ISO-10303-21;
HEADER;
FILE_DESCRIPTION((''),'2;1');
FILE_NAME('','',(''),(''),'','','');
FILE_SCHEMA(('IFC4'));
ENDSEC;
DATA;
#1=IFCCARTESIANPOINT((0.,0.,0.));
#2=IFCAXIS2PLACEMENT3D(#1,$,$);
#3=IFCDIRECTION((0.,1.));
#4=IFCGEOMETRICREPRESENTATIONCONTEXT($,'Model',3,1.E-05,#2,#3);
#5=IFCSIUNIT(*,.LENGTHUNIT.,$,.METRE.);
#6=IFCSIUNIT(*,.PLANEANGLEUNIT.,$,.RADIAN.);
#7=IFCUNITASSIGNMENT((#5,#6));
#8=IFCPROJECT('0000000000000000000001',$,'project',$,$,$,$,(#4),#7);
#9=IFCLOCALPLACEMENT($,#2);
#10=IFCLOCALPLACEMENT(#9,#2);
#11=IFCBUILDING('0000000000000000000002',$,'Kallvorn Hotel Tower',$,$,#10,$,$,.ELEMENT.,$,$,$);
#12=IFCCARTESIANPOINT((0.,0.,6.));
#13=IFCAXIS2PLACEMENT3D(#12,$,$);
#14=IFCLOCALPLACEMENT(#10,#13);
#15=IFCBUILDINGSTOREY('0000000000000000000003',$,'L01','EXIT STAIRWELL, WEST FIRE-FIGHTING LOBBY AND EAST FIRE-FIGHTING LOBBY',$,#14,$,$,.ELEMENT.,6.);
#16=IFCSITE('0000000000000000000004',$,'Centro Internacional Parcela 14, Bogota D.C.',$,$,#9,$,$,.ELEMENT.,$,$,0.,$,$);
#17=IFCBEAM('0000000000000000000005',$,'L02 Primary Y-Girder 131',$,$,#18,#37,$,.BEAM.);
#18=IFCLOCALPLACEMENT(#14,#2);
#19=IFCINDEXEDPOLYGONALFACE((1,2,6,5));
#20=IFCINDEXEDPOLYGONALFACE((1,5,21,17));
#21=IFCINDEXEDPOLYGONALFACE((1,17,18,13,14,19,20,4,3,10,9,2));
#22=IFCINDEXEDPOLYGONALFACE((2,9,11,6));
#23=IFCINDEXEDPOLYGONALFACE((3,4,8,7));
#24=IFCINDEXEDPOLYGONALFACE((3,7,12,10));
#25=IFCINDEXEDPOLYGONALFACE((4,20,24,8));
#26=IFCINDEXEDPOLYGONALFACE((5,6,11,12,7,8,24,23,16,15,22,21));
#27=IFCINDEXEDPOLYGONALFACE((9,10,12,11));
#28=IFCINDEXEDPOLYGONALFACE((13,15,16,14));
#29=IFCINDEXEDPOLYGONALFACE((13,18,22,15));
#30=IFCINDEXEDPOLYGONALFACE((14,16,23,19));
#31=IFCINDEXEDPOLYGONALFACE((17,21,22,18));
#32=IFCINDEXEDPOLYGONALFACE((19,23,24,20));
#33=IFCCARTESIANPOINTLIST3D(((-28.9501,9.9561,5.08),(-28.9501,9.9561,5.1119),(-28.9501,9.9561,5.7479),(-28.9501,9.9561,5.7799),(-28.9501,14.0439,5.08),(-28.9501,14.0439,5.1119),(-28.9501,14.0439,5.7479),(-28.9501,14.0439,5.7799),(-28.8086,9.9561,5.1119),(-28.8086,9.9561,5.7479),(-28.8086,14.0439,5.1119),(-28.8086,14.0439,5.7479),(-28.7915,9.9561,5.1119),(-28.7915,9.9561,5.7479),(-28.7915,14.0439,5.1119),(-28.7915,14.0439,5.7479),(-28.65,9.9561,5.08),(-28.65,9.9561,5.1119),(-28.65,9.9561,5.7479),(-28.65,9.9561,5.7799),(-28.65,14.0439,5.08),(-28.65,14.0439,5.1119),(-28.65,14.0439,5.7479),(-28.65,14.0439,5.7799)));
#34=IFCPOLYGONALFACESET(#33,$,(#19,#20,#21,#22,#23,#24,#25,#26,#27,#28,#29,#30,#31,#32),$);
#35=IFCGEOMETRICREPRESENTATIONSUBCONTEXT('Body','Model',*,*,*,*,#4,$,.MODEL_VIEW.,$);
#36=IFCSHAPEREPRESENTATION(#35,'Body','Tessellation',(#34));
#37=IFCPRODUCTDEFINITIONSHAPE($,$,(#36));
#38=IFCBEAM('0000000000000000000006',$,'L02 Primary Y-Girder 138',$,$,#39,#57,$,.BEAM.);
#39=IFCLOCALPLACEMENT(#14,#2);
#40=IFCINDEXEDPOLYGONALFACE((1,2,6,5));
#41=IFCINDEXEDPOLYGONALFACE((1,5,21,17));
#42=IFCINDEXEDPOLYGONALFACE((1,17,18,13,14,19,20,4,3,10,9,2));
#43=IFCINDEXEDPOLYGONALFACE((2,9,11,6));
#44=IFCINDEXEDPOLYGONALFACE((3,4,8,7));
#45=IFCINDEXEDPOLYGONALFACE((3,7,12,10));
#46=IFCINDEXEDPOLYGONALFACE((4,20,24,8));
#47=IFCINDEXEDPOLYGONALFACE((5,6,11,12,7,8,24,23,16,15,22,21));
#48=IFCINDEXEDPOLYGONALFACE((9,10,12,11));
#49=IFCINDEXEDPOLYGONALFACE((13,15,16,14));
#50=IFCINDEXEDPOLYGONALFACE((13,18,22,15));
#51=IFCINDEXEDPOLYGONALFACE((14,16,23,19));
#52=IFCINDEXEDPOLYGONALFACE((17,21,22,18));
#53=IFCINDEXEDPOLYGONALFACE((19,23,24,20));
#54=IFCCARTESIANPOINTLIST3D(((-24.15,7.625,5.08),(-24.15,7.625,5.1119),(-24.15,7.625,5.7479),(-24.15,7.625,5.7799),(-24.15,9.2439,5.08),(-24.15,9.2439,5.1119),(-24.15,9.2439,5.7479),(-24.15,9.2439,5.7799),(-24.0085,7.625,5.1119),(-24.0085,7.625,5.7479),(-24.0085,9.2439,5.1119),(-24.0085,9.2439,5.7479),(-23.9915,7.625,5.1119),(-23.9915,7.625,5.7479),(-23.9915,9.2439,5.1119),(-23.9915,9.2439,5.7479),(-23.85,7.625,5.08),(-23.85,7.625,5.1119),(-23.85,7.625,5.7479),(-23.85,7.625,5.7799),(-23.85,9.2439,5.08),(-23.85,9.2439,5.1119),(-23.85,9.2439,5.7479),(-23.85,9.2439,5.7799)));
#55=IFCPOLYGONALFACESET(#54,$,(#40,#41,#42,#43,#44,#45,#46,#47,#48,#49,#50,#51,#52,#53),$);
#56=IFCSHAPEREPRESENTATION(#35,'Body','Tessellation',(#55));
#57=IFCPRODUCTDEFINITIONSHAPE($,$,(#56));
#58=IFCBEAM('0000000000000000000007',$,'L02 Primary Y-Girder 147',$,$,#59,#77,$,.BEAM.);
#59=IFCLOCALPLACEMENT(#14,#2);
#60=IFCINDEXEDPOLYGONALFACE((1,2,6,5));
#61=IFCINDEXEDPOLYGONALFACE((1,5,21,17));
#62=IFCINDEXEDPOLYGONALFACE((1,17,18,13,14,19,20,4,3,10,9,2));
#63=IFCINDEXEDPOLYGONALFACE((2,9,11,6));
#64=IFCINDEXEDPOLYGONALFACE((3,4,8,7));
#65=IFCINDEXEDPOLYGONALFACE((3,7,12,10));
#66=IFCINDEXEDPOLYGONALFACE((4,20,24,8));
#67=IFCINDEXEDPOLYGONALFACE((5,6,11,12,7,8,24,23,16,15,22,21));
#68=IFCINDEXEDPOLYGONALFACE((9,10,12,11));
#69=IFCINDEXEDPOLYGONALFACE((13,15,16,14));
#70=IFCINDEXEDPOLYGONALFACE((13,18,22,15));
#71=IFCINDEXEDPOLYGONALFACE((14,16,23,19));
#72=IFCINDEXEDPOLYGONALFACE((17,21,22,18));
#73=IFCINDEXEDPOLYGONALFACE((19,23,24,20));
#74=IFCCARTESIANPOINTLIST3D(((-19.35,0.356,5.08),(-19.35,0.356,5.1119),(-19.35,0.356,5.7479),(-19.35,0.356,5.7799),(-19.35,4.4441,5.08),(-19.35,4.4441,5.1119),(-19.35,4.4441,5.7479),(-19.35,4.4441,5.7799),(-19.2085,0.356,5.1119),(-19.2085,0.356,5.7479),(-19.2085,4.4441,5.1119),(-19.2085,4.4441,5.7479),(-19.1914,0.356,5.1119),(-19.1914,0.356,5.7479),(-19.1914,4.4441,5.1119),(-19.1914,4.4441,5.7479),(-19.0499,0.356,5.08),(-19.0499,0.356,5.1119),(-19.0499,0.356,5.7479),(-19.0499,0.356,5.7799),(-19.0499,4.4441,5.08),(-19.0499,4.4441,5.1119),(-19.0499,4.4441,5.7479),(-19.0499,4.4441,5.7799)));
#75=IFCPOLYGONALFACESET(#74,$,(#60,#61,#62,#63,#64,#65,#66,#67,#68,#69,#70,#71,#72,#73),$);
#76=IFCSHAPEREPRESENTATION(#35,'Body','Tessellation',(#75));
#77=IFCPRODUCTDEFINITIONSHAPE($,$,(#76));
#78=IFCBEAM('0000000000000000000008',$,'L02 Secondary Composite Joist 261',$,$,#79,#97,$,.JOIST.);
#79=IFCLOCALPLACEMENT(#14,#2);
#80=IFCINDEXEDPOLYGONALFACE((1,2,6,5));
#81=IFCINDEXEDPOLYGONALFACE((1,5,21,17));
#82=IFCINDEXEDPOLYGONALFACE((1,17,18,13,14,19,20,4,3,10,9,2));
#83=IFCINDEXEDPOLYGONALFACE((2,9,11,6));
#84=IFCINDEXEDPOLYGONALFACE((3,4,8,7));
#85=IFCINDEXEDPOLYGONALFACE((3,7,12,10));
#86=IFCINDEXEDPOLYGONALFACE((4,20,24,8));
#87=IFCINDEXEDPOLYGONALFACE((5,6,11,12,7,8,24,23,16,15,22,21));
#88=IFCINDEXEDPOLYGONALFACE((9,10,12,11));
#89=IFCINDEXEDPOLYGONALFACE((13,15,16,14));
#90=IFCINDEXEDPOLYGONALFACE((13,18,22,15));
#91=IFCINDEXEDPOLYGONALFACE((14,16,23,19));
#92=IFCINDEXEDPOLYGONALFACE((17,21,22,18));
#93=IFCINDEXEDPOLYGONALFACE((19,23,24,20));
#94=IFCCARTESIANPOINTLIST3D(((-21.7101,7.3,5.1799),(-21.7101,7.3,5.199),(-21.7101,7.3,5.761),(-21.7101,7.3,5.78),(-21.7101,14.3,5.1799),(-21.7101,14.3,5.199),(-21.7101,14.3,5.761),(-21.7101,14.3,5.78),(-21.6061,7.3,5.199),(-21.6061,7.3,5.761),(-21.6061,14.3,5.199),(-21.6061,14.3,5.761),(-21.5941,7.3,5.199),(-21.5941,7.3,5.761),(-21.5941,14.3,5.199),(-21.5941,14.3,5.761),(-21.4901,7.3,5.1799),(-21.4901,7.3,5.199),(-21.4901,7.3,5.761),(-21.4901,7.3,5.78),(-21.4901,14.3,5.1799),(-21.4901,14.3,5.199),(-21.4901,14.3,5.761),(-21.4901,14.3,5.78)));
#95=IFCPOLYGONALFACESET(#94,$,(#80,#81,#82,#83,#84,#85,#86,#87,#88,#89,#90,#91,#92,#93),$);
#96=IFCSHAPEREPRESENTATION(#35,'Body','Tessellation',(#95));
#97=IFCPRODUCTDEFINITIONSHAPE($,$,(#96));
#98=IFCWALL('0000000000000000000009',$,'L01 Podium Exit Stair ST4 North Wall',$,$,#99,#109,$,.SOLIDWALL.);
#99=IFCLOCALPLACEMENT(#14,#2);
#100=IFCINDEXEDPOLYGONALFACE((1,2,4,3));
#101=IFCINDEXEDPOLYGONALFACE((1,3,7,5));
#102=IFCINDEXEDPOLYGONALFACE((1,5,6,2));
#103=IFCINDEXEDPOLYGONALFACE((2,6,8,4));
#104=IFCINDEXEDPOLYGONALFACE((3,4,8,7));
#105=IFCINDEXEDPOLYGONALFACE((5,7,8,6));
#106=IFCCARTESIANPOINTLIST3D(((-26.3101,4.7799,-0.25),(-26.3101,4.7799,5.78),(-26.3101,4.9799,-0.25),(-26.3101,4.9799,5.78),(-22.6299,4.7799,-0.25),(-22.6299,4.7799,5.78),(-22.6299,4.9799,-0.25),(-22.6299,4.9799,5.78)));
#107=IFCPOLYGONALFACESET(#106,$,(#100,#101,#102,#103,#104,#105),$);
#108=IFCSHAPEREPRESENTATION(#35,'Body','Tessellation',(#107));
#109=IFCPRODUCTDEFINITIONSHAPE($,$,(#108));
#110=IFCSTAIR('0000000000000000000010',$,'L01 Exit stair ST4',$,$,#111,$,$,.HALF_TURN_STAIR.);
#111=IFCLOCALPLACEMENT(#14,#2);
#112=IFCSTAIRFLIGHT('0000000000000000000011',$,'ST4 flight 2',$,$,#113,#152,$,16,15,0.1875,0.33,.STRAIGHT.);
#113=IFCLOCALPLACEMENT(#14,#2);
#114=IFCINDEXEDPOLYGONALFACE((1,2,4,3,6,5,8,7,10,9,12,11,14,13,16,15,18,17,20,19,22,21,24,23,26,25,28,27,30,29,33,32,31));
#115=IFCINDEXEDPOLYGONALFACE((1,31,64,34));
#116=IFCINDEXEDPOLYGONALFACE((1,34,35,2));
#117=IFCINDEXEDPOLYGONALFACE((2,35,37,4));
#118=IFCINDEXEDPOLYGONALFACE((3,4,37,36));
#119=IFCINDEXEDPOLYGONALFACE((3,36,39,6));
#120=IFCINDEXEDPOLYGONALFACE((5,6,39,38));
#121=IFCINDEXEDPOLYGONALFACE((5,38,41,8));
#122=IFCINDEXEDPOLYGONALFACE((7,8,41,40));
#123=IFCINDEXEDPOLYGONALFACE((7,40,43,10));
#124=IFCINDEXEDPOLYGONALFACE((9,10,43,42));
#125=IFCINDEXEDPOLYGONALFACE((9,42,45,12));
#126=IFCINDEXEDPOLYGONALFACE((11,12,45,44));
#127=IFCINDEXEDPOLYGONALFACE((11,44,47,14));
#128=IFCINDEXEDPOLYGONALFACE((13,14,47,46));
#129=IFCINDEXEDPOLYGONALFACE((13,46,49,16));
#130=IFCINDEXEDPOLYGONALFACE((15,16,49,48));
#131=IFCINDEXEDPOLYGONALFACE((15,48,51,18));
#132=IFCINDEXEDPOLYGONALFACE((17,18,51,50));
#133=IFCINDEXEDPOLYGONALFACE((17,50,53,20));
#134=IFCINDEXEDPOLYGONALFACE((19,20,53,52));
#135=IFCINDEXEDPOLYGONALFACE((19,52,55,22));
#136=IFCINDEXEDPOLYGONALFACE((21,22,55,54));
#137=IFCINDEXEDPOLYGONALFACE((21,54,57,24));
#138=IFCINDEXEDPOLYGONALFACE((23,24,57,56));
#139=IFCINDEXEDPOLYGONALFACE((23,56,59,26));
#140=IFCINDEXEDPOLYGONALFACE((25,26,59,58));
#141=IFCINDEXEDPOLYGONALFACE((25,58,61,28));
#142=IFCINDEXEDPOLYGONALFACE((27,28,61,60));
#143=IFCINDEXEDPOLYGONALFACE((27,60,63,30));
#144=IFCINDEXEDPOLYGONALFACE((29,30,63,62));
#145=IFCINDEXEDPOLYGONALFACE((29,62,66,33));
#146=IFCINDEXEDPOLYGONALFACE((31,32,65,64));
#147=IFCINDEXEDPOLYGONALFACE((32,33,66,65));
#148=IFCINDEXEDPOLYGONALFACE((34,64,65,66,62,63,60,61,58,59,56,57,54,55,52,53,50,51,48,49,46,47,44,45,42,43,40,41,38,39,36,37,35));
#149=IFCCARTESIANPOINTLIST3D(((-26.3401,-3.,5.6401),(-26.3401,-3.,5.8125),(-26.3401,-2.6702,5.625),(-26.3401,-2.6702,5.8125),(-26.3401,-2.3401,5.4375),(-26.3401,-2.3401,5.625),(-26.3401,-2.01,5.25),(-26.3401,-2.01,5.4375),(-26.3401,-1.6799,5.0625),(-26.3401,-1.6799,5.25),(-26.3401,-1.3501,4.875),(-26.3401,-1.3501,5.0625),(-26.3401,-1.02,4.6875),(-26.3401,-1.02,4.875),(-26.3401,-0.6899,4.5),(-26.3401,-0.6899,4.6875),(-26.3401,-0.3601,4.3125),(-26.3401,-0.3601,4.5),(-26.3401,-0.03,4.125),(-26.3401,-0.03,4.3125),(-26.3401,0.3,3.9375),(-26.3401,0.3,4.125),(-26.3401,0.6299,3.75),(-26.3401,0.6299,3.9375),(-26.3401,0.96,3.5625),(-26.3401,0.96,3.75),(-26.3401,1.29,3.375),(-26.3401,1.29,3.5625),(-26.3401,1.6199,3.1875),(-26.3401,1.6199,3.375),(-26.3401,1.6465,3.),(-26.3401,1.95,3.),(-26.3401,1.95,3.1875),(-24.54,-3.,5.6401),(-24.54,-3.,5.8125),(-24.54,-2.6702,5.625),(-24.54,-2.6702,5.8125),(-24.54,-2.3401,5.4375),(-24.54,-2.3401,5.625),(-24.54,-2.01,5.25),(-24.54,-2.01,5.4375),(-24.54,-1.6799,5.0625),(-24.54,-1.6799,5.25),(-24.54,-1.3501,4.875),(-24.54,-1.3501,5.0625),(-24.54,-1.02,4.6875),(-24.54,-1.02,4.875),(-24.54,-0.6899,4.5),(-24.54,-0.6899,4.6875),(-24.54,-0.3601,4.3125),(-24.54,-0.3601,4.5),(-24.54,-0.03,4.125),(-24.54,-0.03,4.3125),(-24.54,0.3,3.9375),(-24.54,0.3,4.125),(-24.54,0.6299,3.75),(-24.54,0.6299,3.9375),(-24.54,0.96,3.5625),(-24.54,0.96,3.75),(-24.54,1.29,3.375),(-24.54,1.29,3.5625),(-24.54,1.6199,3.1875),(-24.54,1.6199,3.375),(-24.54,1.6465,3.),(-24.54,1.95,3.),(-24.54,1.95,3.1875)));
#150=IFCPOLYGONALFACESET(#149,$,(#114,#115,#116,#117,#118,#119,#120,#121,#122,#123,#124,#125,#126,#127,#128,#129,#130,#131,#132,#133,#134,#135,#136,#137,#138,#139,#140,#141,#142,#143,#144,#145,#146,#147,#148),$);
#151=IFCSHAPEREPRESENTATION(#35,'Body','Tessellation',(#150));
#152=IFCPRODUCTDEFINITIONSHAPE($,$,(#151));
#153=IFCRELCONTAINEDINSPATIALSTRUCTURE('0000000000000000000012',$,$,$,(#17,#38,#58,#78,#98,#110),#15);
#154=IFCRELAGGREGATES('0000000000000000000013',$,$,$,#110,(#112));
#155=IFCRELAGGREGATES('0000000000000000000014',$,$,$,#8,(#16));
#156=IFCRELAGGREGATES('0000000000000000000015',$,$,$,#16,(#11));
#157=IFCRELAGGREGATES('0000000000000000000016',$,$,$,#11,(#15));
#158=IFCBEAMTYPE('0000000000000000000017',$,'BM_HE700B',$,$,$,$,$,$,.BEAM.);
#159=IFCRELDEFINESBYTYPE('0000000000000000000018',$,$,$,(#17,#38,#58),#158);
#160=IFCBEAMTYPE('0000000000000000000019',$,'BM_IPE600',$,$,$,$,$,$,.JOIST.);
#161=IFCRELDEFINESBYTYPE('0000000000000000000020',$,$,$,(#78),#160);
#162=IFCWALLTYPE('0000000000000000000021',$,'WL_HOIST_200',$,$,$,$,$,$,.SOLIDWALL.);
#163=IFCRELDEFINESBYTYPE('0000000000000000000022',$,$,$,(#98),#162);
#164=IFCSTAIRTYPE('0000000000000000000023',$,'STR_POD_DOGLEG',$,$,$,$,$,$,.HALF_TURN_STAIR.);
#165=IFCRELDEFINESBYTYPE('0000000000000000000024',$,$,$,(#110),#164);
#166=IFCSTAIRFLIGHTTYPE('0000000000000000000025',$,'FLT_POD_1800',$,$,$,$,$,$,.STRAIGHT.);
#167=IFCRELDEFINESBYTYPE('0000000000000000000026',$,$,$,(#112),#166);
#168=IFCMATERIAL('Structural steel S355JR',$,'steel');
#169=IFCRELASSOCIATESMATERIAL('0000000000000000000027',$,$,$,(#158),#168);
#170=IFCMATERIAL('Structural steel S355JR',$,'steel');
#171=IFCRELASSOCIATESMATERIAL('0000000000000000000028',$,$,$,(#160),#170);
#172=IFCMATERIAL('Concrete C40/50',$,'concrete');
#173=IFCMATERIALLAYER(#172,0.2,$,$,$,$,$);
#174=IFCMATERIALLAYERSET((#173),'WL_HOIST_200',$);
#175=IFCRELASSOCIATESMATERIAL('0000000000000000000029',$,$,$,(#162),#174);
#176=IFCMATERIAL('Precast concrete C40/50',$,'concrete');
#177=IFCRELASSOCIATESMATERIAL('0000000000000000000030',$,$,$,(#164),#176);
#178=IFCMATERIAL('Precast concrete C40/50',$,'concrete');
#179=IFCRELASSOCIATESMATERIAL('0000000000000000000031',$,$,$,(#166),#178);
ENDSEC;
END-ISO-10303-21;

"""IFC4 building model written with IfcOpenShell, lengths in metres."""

from ifc_helpers import new_model, si_unit, direction, frame, frame_2d, origin, origin_2d, place, context, subcontext, project, spatial, polyline, rectangle, i_section, outline, extrude, material, layer, layer_set, material_profile, profile_set, type_object, element, aggregate, save


model = new_model("IFC4")

# Units and contexts
model_context = context("Model", 3, precision=1e-05, world=origin(), true_north=direction((0.0, 1.0)))
body_context = subcontext(model_context, "Body", "Model", "MODEL_VIEW")
ifc_project = project(units=[si_unit("LENGTHUNIT", "METRE"), si_unit("PLANEANGLEUNIT", "RADIAN")], contexts=[model_context])

# Site, building, storey
site_placement = place(None, origin())
site = spatial("IfcSite", under=ifc_project, at=site_placement, Name="Centro Internacional Parcela 14, Bogota D.C.", CompositionType="ELEMENT", RefElevation=0.0)
building_placement = place(site_placement, origin())
building = spatial("IfcBuilding", under=site, at=building_placement, Name="Kallvorn Hotel Tower", CompositionType="ELEMENT")
storey_placement = place(building_placement, frame((0.0, 0.0, 6.0)))
storey = spatial("IfcBuildingStorey", under=building, at=storey_placement, Name="L01", Description="EXIT STAIRWELL, WEST FIRE-FIGHTING LOBBY AND EAST FIRE-FIGHTING LOBBY", CompositionType="ELEMENT", Elevation=6.0)

# Beams
ifc_material_1 = material(Name="Structural steel S355JR", Category="steel")
ifc_material_profile_1 = material_profile(ifc_material_1, i_section(OverallWidth=0.3, OverallDepth=0.7, WebThickness=0.0171, FlangeThickness=0.032, at=origin_2d()), Name="HE 700 B")
ifc_profile_set_1 = profile_set([ifc_material_profile_1], Name="Structural steel S355JR")
beam_type_1 = type_object("IfcBeamType", Name="BM_HE700B", PredefinedType="BEAM", material=ifc_profile_set_1)
for number, where, z_axis, x_axis, name in (
    (1, (-28.8, 9.9561, 5.4299), (0.0, 1.0, 0.0), (-1.0, 0.0, 0.0), "L02 Primary Y-Girder 131"),
):
    element("IfcBeam", number, at=place(storey_placement, frame(where, z_axis=z_axis, x_axis=x_axis)), inside=storey, type_object=beam_type_1, Name=name, PredefinedType="BEAM", context=body_context, shape_type="SweptSolid", body=[
        extrude(i_section(OverallWidth=0.3, OverallDepth=0.7, WebThickness=0.0171, FlangeThickness=0.032, at=origin_2d()), origin(), (0.0, 0.0, 1.0), 4.0879),
    ])
beam_1_placement = place(storey_placement, frame((-24.0, 7.625, 5.4299), z_axis=(0.0, 1.0, 0.0), x_axis=(-1.0, 0.0, 0.0)))
element("IfcBeam", 2, at=beam_1_placement, inside=storey, type_object=beam_type_1, Name="L02 Primary Y-Girder 138", PredefinedType="BEAM", context=body_context, shape_type="SweptSolid", body=[
    extrude(i_section(OverallWidth=0.3, OverallDepth=0.7, WebThickness=0.0171, FlangeThickness=0.032, at=origin_2d()), origin(), (0.0, 0.0, 1.0), 1.6189),
])
beam_2_placement = place(storey_placement, frame((-19.2, 0.356, 5.4299), z_axis=(0.0, 1.0, 0.0), x_axis=(-1.0, 0.0, 0.0)))
element("IfcBeam", 3, at=beam_2_placement, inside=storey, type_object=beam_type_1, Name="L02 Primary Y-Girder 147", PredefinedType="BEAM", context=body_context, shape_type="SweptSolid", body=[
    extrude(i_section(OverallWidth=0.3, OverallDepth=0.7, WebThickness=0.0171, FlangeThickness=0.032, at=origin_2d()), origin(), (0.0, 0.0, 1.0), 4.0881),
])
ifc_material_2 = material(Name="Structural steel S355JR", Category="steel")
ifc_material_profile_2 = material_profile(ifc_material_2, i_section(OverallWidth=0.22, OverallDepth=0.6001, WebThickness=0.012, FlangeThickness=0.019, at=origin_2d()), Name="IPE 600")
ifc_profile_set_2 = profile_set([ifc_material_profile_2], Name="Structural steel S355JR")
beam_type_2 = type_object("IfcBeamType", Name="BM_IPE600", PredefinedType="JOIST", material=ifc_profile_set_2)
beam_3_placement = place(storey_placement, frame((-21.6001, 7.3, 5.48), z_axis=(0.0, 1.0, 0.0), x_axis=(-1.0, 0.0, 0.0)))
element("IfcBeam", 4, at=beam_3_placement, inside=storey, type_object=beam_type_2, Name="L02 Secondary Composite Joist 261", PredefinedType="JOIST", context=body_context, shape_type="SweptSolid", body=[
    extrude(i_section(OverallWidth=0.22, OverallDepth=0.6001, WebThickness=0.012, FlangeThickness=0.019, at=origin_2d()), origin(), (0.0, 0.0, 1.0), 7.0),
])

# Wall
ifc_material_3 = material(Name="Concrete C40/50", Category="concrete")
ifc_layer_1 = layer(ifc_material_3, 0.2)
ifc_layer_set_1 = layer_set([ifc_layer_1], Name="WL_HOIST_200")
wall_type = type_object("IfcWallType", Name="WL_HOIST_200", PredefinedType="SOLIDWALL", material=ifc_layer_set_1)
wall_placement = place(storey_placement, frame((-26.3101, 4.8799, -0.25), z_axis=(0.0, 0.0, 1.0), x_axis=(1.0, 0.0, 0.0)))
element("IfcWall", 5, at=wall_placement, inside=storey, type_object=wall_type, Name="L01 Podium Exit Stair ST4 North Wall", PredefinedType="SOLIDWALL", context=body_context, shape_type="SweptSolid", body=[
    extrude(rectangle(XDim=3.6802, YDim=0.2, at=frame_2d((1.8401, 0.0))), origin(), (0.0, 0.0, 1.0), 6.03),
])

# Stair, stair flight
ifc_material_4 = material(Name="Precast concrete C40/50", Category="concrete")
stair_type = type_object("IfcStairType", Name="STR_POD_DOGLEG", PredefinedType="HALF_TURN_STAIR", material=ifc_material_4)
stair_placement = place(storey_placement, origin())
stair = element("IfcStair", 6, at=stair_placement, inside=storey, type_object=stair_type, Name="L01 Exit stair ST4", PredefinedType="HALF_TURN_STAIR")
ifc_material_5 = material(Name="Precast concrete C40/50", Category="concrete")
stair_flight_type = type_object("IfcStairFlightType", Name="FLT_POD_1800", PredefinedType="STRAIGHT", material=ifc_material_5)
stair_flight_placement = place(storey_placement, frame((-25.4399, 1.95, 3.0), z_axis=(0.0, 0.0, 1.0), x_axis=(0.0, -1.0, 0.0)))
stair_flight = element("IfcStairFlight", 7, at=stair_flight_placement, type_object=stair_flight_type, Name="ST4 flight 2", NumberOfRisers=16, NumberOfTreads=15, PredefinedType="STRAIGHT", RiserHeight=0.1875, TreadLength=0.33, context=body_context, shape_type="SweptSolid", body=[
    extrude(outline(polyline([(0.0, 0.0), (0.0, 0.1875), (0.3301, 0.1875), (0.3301, 0.375), (0.6599, 0.375), (0.6599, 0.5625), (0.99, 0.5625), (0.99, 0.75), (1.3201, 0.75), (1.3201, 0.9375), (1.6499, 0.9375), (1.6499, 1.125), (1.98, 1.125), (1.98, 1.3125), (2.3101, 1.3125), (2.3101, 1.5), (2.6399, 1.5), (2.6399, 1.6875), (2.97, 1.6875), (2.97, 1.875), (3.3, 1.875), (3.3, 2.0625), (3.6299, 2.0625), (3.6299, 2.25), (3.96, 2.25), (3.96, 2.4375), (4.29, 2.4375), (4.29, 2.625), (4.6201, 2.625), (4.6201, 2.8125), (4.95, 2.8125), (4.95, 3.0), (4.95, 2.6401), (0.3035, 0.0), (0.0, 0.0)])), frame((0.0, 0.8999, 0.0), z_axis=(0.0, -1.0, 0.0), x_axis=(1.0, 0.0, 0.0)), (0.0, 0.0, 1.0), 1.8),
])
aggregate(stair, [stair_flight])

save(model, "model.ifc")
